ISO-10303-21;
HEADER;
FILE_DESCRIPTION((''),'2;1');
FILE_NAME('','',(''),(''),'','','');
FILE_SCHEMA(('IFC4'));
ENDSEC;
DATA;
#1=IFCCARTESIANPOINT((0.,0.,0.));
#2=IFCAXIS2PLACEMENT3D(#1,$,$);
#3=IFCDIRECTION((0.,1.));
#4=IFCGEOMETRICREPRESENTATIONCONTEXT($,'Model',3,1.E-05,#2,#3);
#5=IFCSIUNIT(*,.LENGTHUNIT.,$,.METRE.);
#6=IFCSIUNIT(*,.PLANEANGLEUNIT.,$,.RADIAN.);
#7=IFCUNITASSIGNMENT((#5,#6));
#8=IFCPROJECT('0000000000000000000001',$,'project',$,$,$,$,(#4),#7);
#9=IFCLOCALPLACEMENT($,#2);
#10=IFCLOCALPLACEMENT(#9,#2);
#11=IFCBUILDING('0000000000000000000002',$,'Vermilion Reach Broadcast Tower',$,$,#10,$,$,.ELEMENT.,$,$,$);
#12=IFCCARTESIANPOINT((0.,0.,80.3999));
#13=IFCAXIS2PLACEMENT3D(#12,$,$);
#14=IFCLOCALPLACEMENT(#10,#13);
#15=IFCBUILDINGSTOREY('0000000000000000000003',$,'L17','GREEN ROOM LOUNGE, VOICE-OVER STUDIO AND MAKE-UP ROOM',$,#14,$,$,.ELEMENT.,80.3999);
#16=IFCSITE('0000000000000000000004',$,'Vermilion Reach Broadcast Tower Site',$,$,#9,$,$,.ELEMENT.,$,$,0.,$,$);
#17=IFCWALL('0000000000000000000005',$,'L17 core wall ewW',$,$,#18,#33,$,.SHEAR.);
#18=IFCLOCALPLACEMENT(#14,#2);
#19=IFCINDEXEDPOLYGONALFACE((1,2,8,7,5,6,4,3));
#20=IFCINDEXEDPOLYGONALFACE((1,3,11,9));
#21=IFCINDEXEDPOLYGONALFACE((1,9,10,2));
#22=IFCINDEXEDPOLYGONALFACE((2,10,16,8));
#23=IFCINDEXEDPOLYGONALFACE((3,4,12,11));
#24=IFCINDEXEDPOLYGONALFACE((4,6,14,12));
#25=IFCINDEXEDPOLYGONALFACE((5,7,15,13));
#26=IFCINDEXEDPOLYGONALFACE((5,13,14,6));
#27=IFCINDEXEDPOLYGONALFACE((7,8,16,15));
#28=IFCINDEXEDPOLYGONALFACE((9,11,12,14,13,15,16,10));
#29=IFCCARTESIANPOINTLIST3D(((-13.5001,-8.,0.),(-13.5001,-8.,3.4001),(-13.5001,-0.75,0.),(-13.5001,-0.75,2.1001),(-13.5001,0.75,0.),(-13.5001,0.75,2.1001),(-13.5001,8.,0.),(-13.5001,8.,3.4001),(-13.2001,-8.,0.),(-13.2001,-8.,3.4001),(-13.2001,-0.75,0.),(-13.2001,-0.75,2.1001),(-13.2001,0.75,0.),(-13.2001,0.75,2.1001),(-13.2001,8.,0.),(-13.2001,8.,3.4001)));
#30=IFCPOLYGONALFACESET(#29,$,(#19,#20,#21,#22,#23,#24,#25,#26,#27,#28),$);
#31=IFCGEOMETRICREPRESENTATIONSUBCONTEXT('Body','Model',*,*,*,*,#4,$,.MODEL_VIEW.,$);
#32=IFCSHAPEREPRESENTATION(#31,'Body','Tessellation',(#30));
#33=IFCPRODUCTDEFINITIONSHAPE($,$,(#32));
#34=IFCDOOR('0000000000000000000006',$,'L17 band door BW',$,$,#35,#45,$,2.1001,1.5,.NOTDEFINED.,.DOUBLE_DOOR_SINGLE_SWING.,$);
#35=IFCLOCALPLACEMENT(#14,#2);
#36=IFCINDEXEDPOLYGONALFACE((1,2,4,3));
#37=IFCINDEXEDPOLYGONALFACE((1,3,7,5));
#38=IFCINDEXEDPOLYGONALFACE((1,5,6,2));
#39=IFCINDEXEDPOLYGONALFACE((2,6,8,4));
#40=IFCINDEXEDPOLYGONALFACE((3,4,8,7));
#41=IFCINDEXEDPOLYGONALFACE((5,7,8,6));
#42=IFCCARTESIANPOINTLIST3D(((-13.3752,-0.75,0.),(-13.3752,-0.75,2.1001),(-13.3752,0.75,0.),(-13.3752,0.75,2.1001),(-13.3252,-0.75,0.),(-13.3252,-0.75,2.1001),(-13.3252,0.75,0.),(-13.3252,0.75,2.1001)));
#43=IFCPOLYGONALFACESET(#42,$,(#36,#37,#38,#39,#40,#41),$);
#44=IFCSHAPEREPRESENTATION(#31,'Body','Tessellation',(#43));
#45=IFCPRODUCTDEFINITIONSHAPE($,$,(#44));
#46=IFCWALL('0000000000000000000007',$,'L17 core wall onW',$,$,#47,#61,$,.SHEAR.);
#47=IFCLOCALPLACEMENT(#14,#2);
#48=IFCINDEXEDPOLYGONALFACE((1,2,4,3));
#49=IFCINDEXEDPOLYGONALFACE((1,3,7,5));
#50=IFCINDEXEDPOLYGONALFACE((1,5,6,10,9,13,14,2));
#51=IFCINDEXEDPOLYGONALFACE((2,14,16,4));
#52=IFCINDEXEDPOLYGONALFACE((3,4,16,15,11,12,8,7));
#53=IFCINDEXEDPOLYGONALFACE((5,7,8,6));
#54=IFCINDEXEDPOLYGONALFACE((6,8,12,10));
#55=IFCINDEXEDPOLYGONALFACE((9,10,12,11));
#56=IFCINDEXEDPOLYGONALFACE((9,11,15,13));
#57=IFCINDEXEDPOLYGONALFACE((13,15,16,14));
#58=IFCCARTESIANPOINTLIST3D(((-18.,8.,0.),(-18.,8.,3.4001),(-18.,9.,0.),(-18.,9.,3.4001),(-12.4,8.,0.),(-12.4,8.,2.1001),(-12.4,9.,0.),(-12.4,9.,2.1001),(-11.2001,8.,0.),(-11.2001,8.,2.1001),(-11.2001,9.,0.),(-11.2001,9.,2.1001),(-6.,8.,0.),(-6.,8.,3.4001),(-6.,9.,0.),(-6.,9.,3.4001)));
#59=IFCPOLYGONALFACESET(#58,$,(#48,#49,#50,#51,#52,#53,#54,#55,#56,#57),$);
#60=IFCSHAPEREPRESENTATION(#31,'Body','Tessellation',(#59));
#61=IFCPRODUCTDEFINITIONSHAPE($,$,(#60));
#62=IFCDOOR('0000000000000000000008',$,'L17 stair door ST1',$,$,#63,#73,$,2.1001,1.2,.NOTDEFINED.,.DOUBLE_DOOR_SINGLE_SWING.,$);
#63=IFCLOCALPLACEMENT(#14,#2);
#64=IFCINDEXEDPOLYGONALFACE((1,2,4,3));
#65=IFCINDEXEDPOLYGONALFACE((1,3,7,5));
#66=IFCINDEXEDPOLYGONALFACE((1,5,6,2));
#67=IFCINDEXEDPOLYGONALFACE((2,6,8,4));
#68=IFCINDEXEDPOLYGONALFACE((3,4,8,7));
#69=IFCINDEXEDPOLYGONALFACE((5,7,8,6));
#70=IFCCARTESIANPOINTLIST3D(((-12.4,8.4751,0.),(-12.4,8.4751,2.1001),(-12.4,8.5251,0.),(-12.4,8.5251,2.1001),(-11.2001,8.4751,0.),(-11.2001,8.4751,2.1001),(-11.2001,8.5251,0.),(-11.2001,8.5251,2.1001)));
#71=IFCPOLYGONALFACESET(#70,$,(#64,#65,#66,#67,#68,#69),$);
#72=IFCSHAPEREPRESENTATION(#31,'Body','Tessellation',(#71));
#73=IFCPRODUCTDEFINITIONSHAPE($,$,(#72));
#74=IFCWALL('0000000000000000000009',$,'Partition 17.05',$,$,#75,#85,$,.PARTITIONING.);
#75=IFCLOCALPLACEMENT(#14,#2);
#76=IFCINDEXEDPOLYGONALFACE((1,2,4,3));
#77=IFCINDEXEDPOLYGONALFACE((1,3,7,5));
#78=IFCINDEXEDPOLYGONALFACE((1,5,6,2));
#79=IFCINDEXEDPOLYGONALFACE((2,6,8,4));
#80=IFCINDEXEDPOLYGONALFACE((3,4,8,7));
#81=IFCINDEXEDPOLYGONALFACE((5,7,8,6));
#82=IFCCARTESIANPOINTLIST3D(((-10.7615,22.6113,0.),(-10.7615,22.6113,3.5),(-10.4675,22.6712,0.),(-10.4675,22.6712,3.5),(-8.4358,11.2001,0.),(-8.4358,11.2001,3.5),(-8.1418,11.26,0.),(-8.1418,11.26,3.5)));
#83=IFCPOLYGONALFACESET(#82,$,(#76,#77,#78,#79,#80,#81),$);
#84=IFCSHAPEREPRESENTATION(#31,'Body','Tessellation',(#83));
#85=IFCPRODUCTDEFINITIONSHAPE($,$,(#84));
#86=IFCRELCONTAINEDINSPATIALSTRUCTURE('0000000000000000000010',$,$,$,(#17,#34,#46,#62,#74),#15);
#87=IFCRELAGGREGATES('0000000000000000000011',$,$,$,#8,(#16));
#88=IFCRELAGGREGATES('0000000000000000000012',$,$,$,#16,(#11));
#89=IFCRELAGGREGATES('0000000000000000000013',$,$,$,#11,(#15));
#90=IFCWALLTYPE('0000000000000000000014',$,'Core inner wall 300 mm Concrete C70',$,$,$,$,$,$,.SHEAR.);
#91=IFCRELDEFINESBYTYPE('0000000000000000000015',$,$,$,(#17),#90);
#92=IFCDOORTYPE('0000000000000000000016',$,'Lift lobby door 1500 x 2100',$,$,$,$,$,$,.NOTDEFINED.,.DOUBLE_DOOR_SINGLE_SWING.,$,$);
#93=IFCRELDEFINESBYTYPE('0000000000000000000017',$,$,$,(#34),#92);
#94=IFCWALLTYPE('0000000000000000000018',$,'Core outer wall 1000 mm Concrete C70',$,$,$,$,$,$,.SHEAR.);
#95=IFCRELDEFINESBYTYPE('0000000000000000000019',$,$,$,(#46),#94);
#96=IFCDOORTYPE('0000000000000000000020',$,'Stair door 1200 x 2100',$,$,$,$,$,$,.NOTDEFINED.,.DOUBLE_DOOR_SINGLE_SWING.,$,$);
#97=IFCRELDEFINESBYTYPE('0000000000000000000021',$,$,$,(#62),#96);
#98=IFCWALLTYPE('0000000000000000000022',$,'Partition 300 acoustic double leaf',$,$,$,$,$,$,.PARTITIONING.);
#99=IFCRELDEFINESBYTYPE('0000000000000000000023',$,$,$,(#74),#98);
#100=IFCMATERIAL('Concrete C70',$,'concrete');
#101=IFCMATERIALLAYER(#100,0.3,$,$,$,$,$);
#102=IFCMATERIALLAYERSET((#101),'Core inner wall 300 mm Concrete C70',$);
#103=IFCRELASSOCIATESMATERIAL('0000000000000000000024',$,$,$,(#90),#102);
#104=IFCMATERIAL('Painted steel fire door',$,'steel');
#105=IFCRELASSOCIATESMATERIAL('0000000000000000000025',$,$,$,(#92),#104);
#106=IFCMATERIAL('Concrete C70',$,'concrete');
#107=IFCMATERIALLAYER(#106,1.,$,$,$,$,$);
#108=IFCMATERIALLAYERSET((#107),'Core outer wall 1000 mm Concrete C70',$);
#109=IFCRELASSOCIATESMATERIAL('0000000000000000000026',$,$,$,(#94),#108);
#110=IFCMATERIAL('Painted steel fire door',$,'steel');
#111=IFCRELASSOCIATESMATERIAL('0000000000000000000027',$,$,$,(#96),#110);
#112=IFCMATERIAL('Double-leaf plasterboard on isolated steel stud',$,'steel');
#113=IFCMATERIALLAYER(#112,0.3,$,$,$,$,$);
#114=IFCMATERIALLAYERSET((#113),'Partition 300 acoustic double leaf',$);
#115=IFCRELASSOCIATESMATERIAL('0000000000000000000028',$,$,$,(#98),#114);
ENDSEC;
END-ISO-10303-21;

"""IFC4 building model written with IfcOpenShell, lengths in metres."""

from ifc_helpers import new_model, si_unit, direction, frame, frame_2d, origin, place, context, subcontext, project, spatial, rectangle, extrude, material, layer, layer_set, type_object, element, fill, save


model = new_model("IFC4")

# Units and contexts
model_context = context("Model", 3, precision=1e-05, world=origin(), true_north=direction((0.0, 1.0)))
body_context = subcontext(model_context, "Body", "Model", "MODEL_VIEW")
ifc_project = project(units=[si_unit("LENGTHUNIT", "METRE"), si_unit("PLANEANGLEUNIT", "RADIAN")], contexts=[model_context])

# Site, building, storey
site_placement = place(None, origin())
site = spatial("IfcSite", under=ifc_project, at=site_placement, Name="Vermilion Reach Broadcast Tower Site", CompositionType="ELEMENT", RefElevation=0.0)
building_placement = place(site_placement, origin())
building = spatial("IfcBuilding", under=site, at=building_placement, Name="Vermilion Reach Broadcast Tower", CompositionType="ELEMENT")
storey_placement = place(building_placement, frame((0.0, 0.0, 80.3999)))
storey = spatial("IfcBuildingStorey", under=building, at=storey_placement, Name="L17", Description="GREEN ROOM LOUNGE, VOICE-OVER STUDIO AND MAKE-UP ROOM", CompositionType="ELEMENT", Elevation=80.3999)

# Walls, openings, doors
ifc_material_1 = material(Name="Concrete C70", Category="concrete")
ifc_layer_1 = layer(ifc_material_1, 0.3)
ifc_layer_set_1 = layer_set([ifc_layer_1], Name="Core inner wall 300 mm Concrete C70")
wall_type_1 = type_object("IfcWallType", Name="Core inner wall 300 mm Concrete C70", PredefinedType="SHEAR", material=ifc_layer_set_1)
wall_1_placement = place(storey_placement, frame((-13.3501, 8.0, 0.0), z_axis=(0.0, 0.0, 1.0), x_axis=(0.0, -1.0, 0.0)))
wall_1 = element("IfcWall", 1, at=wall_1_placement, inside=storey, type_object=wall_type_1, Name="L17 core wall ewW", PredefinedType="SHEAR", context=body_context, shape_type="SweptSolid", body=[
    extrude(rectangle(XDim=16.0, YDim=0.3, at=frame_2d((8.0, 0.0))), origin(), (0.0, 0.0, 1.0), 3.4001),
])
opening_1_placement = place(wall_1_placement, frame((7.25, 0.0, 0.0)))
opening_1 = element("IfcOpeningElement", 2, at=opening_1_placement, cuts=wall_1, PredefinedType="OPENING", context=body_context, shape_type="SweptSolid", body=[
    extrude(rectangle(XDim=1.5, YDim=2.1001, at=frame_2d((0.75, 1.05))), frame((0.0, 0.1599, 0.0), z_axis=(0.0, -1.0, 0.0), x_axis=(1.0, 0.0, 0.0)), (0.0, 0.0, 1.0), 0.3201),
])
ifc_material_2 = material(Name="Painted steel fire door", Category="steel")
door_type_1 = type_object("IfcDoorType", Name="Lift lobby door 1500 x 2100", OperationType="DOUBLE_DOOR_SINGLE_SWING", PredefinedType="NOTDEFINED", material=ifc_material_2)
door_1_placement = place(opening_1_placement, origin())
door_1 = element("IfcDoor", 3, at=door_1_placement, inside=storey, type_object=door_type_1, Name="L17 band door BW", OperationType="DOUBLE_DOOR_SINGLE_SWING", OverallHeight=2.1001, OverallWidth=1.5, PredefinedType="NOTDEFINED", context=body_context, shape_type="SweptSolid", body=[
    extrude(rectangle(XDim=1.5, YDim=2.1001, at=frame_2d((0.75, 1.05))), frame((0.0, 0.0249, 0.0), z_axis=(0.0, -1.0, 0.0), x_axis=(1.0, 0.0, 0.0)), (0.0, 0.0, 1.0), 0.05),
])
fill(opening_1, door_1)
ifc_material_3 = material(Name="Concrete C70", Category="concrete")
ifc_layer_2 = layer(ifc_material_3, 1.0)
ifc_layer_set_2 = layer_set([ifc_layer_2], Name="Core outer wall 1000 mm Concrete C70")
wall_type_2 = type_object("IfcWallType", Name="Core outer wall 1000 mm Concrete C70", PredefinedType="SHEAR", material=ifc_layer_set_2)
wall_2_placement = place(storey_placement, frame((-6.0, 8.5, 0.0), z_axis=(0.0, 0.0, 1.0), x_axis=(-1.0, 0.0, 0.0)))
wall_2 = element("IfcWall", 4, at=wall_2_placement, inside=storey, type_object=wall_type_2, Name="L17 core wall onW", PredefinedType="SHEAR", context=body_context, shape_type="SweptSolid", body=[
    extrude(rectangle(XDim=12.0, YDim=1.0, at=frame_2d((6.0, 0.0))), origin(), (0.0, 0.0, 1.0), 3.4001),
])
opening_2_placement = place(wall_2_placement, frame((5.2, 0.0, 0.0)))
opening_2 = element("IfcOpeningElement", 5, at=opening_2_placement, cuts=wall_2, PredefinedType="OPENING", context=body_context, shape_type="SweptSolid", body=[
    extrude(rectangle(XDim=1.2, YDim=2.1001, at=frame_2d((0.6001, 1.05))), frame((0.0, 0.51, 0.0), z_axis=(0.0, -1.0, 0.0), x_axis=(1.0, 0.0, 0.0)), (0.0, 0.0, 1.0), 1.02),
])
ifc_material_4 = material(Name="Painted steel fire door", Category="steel")
door_type_2 = type_object("IfcDoorType", Name="Stair door 1200 x 2100", OperationType="DOUBLE_DOOR_SINGLE_SWING", PredefinedType="NOTDEFINED", material=ifc_material_4)
door_2_placement = place(opening_2_placement, origin())
door_2 = element("IfcDoor", 6, at=door_2_placement, inside=storey, type_object=door_type_2, Name="L17 stair door ST1", OperationType="DOUBLE_DOOR_SINGLE_SWING", OverallHeight=2.1001, OverallWidth=1.2, PredefinedType="NOTDEFINED", context=body_context, shape_type="SweptSolid", body=[
    extrude(rectangle(XDim=1.2, YDim=2.1001, at=frame_2d((0.6001, 1.05))), frame((0.0, 0.0249, 0.0), z_axis=(0.0, -1.0, 0.0), x_axis=(1.0, 0.0, 0.0)), (0.0, 0.0, 1.0), 0.05),
])
fill(opening_2, door_2)

# Wall
ifc_material_5 = material(Name="Double-leaf plasterboard on isolated steel stud", Category="steel")
ifc_layer_3 = layer(ifc_material_5, 0.3)
ifc_layer_set_3 = layer_set([ifc_layer_3], Name="Partition 300 acoustic double leaf")
wall_type_3 = type_object("IfcWallType", Name="Partition 300 acoustic double leaf", PredefinedType="PARTITIONING", material=ifc_layer_set_3)
wall_3_placement = place(storey_placement, frame((-10.6145, 22.6411, 0.0), z_axis=(0.0, 0.0, 1.0), x_axis=(0.199703, -0.979856, 0.0)))
element("IfcWall", 7, at=wall_3_placement, inside=storey, type_object=wall_type_3, Name="Partition 17.05", PredefinedType="PARTITIONING", context=body_context, shape_type="SweptSolid", body=[
    extrude(rectangle(XDim=11.6458, YDim=0.3, at=frame_2d((5.8228, 0.0))), origin(), (0.0, 0.0, 1.0), 3.5),
])

save(model, "model.ifc")
